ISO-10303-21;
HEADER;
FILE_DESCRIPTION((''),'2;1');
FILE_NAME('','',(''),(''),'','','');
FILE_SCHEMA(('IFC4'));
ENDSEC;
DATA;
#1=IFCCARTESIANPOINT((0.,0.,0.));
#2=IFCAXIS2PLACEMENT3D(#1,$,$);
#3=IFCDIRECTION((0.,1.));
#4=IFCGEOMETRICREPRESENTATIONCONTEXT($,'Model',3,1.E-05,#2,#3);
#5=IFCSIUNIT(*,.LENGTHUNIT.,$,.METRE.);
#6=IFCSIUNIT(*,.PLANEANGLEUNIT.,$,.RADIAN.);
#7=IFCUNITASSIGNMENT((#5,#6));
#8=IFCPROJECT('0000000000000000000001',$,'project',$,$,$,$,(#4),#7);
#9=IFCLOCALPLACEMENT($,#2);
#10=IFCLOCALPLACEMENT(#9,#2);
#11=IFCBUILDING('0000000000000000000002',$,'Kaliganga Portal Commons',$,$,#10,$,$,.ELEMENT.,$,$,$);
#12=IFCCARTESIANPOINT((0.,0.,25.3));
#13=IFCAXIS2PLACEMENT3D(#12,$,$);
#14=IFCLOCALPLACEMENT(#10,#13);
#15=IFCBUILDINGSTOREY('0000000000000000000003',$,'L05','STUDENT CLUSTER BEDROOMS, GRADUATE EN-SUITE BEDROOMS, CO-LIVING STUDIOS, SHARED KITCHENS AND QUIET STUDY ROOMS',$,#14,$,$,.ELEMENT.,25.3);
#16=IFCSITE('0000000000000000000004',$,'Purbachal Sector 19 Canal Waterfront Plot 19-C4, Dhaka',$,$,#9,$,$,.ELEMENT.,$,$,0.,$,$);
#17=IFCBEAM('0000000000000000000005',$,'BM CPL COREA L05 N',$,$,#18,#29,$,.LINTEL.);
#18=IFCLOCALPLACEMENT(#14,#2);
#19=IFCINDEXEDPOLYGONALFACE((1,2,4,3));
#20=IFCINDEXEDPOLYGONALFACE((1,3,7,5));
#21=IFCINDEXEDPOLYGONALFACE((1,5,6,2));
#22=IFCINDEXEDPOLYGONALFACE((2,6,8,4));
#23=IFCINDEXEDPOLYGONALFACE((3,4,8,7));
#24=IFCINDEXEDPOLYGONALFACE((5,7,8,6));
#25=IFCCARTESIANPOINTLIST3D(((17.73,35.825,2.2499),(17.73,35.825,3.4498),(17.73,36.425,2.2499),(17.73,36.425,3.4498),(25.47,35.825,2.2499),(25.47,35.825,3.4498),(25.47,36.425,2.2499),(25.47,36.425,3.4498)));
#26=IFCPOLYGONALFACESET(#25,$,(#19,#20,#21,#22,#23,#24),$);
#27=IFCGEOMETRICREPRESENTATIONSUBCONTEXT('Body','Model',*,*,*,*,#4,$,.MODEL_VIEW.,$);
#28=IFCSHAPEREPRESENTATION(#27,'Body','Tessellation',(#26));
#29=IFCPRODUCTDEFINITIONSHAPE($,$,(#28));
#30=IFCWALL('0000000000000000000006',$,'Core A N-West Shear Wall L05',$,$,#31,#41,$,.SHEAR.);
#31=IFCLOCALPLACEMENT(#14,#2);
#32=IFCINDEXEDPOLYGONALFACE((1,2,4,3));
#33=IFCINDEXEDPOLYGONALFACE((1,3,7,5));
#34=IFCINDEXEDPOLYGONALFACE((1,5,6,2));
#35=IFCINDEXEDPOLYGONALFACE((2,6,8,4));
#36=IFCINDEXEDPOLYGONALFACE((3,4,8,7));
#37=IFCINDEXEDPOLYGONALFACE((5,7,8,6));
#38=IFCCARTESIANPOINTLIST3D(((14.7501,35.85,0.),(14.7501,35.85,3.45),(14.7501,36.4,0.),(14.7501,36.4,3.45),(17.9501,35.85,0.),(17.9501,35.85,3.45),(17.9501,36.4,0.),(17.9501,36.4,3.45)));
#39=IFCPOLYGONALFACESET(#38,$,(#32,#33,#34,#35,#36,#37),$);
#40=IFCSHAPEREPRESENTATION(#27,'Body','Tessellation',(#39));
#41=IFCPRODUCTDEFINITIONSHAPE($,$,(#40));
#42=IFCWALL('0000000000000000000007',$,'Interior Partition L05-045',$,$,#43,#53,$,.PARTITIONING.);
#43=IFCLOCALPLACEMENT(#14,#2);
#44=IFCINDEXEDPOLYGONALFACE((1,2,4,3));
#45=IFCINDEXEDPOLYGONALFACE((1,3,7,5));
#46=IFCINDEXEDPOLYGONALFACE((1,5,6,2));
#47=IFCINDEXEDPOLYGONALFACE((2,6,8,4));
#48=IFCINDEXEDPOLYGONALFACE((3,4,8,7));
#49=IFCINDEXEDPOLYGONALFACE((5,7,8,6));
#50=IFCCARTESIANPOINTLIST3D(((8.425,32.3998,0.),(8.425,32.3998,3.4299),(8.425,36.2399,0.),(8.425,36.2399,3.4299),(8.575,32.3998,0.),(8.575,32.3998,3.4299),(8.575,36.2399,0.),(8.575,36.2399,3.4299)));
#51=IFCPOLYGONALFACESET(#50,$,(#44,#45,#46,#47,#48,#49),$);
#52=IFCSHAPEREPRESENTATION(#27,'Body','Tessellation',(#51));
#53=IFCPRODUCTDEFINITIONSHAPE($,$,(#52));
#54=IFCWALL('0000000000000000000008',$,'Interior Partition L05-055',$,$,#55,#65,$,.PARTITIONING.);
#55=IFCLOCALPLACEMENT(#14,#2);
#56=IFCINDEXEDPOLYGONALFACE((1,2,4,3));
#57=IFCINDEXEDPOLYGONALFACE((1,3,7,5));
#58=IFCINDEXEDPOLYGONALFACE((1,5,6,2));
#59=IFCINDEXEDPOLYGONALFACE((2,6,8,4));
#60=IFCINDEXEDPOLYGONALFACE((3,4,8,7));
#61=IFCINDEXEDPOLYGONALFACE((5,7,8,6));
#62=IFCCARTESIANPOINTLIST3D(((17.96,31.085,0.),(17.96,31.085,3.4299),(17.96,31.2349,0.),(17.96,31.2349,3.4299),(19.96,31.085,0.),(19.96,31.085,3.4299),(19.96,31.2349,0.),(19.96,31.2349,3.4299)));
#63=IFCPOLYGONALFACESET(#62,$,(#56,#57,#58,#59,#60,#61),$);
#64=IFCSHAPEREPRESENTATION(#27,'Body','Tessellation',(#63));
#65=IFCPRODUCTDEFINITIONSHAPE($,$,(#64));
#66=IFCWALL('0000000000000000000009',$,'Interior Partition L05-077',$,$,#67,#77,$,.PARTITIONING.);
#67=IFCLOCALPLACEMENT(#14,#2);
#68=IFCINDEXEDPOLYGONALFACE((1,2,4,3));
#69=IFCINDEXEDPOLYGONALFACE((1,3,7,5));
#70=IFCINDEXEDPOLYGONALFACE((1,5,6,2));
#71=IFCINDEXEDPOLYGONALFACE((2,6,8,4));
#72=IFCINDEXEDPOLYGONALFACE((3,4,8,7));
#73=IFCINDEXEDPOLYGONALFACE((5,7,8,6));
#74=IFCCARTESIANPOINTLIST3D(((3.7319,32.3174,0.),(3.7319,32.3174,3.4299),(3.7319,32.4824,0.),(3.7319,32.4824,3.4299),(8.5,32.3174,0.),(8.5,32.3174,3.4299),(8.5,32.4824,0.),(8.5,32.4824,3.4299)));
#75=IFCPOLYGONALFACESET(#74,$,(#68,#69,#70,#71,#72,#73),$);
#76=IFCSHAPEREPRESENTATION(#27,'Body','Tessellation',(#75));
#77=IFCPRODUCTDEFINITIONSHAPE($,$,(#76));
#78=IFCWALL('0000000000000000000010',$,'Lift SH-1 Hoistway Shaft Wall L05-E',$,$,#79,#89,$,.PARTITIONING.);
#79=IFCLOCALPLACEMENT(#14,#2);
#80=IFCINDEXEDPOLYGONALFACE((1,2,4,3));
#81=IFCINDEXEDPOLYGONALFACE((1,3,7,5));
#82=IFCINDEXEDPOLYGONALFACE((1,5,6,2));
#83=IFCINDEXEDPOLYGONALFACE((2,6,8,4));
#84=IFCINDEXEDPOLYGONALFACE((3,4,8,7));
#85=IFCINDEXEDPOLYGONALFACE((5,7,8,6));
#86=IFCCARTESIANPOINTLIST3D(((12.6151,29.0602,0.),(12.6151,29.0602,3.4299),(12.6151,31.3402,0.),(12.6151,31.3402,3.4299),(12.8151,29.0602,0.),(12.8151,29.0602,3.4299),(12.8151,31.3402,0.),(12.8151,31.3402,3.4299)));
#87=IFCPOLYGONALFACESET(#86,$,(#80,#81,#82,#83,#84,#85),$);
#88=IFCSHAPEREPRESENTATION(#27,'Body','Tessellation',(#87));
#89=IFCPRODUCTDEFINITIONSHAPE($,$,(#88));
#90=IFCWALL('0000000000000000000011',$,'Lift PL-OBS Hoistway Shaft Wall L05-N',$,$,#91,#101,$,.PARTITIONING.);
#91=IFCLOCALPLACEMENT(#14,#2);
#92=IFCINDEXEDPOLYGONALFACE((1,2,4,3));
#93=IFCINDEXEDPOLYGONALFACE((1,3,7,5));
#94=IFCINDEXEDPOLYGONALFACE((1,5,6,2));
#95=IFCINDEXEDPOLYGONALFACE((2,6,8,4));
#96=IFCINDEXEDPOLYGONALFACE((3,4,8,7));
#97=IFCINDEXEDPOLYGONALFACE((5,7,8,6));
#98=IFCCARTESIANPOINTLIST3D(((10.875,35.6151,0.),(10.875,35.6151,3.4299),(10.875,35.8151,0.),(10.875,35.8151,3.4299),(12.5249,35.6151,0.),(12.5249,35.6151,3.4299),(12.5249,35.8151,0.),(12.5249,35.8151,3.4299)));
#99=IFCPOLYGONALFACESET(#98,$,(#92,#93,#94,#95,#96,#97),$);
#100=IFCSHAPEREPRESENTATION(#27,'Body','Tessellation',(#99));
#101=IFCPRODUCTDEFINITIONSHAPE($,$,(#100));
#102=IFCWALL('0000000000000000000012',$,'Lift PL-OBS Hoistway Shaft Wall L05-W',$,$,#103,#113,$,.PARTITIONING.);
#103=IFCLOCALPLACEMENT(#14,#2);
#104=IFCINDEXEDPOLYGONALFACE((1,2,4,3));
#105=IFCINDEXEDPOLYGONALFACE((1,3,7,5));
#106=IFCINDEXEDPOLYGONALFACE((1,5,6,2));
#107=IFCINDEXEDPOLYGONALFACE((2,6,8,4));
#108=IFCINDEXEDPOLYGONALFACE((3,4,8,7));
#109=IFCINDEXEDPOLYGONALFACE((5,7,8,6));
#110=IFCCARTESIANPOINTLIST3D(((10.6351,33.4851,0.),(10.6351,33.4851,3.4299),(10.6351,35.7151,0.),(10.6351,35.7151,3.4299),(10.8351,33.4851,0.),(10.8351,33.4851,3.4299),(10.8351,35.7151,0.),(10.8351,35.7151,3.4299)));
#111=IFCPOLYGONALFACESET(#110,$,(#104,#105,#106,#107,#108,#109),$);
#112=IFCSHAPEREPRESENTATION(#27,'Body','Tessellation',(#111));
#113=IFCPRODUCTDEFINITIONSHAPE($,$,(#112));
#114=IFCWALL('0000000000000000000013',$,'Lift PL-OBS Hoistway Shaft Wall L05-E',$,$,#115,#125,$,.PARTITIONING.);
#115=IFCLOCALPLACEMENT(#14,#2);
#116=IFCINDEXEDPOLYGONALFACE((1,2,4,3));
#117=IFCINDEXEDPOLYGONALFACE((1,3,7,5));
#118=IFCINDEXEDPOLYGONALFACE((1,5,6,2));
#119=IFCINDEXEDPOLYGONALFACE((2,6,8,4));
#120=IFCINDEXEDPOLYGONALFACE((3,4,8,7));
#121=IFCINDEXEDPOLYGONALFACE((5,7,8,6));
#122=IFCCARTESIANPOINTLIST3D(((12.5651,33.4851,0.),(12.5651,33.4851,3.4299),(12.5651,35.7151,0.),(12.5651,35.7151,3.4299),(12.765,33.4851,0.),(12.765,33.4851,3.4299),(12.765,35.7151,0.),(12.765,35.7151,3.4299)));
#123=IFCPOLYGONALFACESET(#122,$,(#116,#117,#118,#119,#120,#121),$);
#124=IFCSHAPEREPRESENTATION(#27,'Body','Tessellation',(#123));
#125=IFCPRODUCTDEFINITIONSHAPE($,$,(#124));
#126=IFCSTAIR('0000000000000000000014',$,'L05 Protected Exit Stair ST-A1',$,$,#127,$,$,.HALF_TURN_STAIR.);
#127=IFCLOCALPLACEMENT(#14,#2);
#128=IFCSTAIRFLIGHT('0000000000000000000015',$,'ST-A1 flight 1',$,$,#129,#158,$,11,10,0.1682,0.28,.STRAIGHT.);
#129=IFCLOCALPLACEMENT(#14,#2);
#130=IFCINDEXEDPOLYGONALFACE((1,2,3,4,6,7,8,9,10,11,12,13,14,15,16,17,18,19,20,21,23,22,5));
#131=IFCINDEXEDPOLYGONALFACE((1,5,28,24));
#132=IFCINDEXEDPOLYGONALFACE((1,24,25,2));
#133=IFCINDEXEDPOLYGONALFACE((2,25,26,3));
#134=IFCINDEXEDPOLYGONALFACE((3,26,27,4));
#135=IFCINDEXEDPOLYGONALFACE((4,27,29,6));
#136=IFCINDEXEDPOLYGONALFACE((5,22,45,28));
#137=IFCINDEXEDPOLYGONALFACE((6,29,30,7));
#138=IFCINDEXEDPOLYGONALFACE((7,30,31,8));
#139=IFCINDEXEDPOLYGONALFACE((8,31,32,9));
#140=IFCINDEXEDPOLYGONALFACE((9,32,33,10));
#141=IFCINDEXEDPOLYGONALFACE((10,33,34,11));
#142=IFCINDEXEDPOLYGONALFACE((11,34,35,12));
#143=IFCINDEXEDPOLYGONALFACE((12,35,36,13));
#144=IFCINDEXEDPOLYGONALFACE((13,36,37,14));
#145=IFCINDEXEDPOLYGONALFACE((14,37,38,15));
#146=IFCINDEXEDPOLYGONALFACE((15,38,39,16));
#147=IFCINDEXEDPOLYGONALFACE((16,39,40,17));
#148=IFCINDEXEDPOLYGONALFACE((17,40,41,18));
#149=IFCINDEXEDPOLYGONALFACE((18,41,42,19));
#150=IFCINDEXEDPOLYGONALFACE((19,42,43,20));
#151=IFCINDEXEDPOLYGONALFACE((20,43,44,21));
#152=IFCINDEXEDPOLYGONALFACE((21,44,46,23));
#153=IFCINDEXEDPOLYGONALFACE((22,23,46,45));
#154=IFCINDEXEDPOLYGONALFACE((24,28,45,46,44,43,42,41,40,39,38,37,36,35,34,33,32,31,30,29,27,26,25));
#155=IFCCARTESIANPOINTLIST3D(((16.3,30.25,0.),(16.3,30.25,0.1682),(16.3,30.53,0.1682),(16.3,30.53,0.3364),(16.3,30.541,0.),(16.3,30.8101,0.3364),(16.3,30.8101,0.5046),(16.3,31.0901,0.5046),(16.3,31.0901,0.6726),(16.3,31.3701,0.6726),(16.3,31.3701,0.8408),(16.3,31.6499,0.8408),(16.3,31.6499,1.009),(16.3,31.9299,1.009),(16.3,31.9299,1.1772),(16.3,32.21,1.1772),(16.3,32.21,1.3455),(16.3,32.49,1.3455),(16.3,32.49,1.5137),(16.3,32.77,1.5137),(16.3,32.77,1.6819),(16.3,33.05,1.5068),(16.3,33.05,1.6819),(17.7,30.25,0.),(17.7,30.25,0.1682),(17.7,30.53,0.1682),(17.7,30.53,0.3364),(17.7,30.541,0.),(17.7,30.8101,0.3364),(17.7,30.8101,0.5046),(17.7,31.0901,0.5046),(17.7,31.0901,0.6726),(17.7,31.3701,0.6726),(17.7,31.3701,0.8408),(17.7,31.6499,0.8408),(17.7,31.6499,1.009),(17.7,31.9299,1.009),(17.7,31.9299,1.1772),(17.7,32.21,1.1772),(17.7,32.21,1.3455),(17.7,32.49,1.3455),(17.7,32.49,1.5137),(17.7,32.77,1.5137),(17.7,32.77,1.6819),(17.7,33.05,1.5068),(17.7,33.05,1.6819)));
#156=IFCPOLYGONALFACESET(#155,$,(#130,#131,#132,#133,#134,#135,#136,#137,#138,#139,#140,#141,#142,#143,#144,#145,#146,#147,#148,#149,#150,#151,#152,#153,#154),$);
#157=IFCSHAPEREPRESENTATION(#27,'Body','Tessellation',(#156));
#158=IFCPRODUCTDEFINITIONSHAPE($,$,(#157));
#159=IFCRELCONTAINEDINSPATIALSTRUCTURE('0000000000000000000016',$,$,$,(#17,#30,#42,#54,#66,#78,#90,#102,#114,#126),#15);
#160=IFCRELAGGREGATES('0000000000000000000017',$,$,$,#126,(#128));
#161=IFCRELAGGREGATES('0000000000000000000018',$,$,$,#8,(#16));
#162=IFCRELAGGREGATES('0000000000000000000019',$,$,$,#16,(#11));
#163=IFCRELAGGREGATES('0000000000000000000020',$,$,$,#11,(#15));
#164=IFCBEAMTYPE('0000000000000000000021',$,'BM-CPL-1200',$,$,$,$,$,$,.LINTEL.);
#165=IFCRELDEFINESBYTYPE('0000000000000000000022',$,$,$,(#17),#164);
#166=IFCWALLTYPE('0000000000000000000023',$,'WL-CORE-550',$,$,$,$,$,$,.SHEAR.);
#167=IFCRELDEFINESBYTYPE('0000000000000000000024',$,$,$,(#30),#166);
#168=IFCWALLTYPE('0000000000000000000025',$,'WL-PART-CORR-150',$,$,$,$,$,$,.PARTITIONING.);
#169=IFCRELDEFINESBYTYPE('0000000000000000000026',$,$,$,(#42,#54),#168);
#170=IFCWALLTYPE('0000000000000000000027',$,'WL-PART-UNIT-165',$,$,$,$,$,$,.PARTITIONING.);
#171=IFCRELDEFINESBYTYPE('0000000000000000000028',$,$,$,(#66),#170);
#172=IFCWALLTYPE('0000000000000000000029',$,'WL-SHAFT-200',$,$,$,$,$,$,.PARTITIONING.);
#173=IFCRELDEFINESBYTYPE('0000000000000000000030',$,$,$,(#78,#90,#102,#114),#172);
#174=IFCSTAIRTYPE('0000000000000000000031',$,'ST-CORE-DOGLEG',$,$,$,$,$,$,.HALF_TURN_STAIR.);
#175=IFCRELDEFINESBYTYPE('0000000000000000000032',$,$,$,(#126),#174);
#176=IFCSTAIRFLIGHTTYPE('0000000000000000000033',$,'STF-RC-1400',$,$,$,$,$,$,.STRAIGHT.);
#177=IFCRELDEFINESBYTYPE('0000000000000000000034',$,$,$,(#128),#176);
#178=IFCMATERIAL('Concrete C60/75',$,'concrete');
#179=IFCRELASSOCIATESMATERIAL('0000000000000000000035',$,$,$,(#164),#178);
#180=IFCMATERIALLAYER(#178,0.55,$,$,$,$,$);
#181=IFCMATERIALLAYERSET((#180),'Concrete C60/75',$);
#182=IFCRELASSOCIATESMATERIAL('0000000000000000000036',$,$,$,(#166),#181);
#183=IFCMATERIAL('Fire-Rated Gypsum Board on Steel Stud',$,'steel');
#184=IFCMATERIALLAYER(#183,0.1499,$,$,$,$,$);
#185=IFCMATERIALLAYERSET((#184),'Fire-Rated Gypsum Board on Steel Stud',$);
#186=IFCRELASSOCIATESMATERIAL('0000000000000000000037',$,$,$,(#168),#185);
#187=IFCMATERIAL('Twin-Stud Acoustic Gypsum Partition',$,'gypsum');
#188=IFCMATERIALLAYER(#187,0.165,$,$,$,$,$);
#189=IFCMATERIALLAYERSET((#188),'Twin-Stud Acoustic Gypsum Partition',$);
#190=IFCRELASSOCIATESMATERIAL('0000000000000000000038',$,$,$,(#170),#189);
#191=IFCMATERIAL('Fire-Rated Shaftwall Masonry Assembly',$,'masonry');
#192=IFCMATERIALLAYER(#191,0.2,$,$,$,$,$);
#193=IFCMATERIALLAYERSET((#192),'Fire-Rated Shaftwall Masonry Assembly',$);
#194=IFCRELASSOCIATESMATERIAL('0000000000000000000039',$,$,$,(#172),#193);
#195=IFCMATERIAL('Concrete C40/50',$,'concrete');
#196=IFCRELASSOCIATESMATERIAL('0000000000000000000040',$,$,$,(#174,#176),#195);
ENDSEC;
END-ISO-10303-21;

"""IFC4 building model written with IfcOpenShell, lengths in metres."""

from ifc_helpers import new_model, si_unit, direction, frame, frame_2d, origin, origin_2d, place, context, subcontext, project, spatial, polyline, rectangle, outline, extrude, source, transform, mapped, material, layer, layer_set, material_profile, profile_set, type_object, element, aggregate, save


model = new_model("IFC4")

# Units and contexts
model_context = context("Model", 3, precision=1e-05, world=origin(), true_north=direction((0.0, 1.0)))
body_context = subcontext(model_context, "Body", "Model", "MODEL_VIEW")
ifc_project = project(units=[si_unit("LENGTHUNIT", "METRE"), si_unit("PLANEANGLEUNIT", "RADIAN")], contexts=[model_context])

# Site, building, storey
site_placement = place(None, origin())
site = spatial("IfcSite", under=ifc_project, at=site_placement, Name="Purbachal Sector 19 Canal Waterfront Plot 19-C4, Dhaka", CompositionType="ELEMENT", RefElevation=0.0)
building_placement = place(site_placement, origin())
building = spatial("IfcBuilding", under=site, at=building_placement, Name="Kaliganga Portal Commons", CompositionType="ELEMENT")
storey_placement = place(building_placement, frame((0.0, 0.0, 25.3)))
storey = spatial("IfcBuildingStorey", under=building, at=storey_placement, Name="L05", Description="STUDENT CLUSTER BEDROOMS, GRADUATE EN-SUITE BEDROOMS, CO-LIVING STUDIOS, SHARED KITCHENS AND QUIET STUDY ROOMS", CompositionType="ELEMENT", Elevation=25.3)

# Beam
ifc_material_1 = material(Name="Concrete C60/75", Category="concrete")
ifc_material_profile = material_profile(ifc_material_1, rectangle(XDim=0.6001, YDim=1.2, at=origin_2d()), Name="RC 600x1200")
ifc_profile_set = profile_set([ifc_material_profile], Name="Concrete C60/75")
beam_type = type_object("IfcBeamType", Name="BM-CPL-1200", PredefinedType="LINTEL", material=ifc_profile_set)
shared_shape = source(origin(), body_context, "Body", "SweptSolid", [
    extrude(rectangle(XDim=0.6001, YDim=1.2, at=origin_2d()), origin(), (0.0, 0.0, 1.0), 7.74),
])
beam_placement = place(storey_placement, frame((17.73, 36.125, 2.8499), z_axis=(1.0, 0.0, 0.0), x_axis=(0.0, 1.0, 0.0)))
element("IfcBeam", 1, at=beam_placement, inside=storey, type_object=beam_type, Name="BM CPL COREA L05 N", PredefinedType="LINTEL", context=body_context, shape_type="MappedRepresentation", body=[
    mapped(shared_shape, transform((0.0, 0.0, 0.0), x_axis=(1.0, 0.0, 0.0), y_axis=(0.0, 1.0, 0.0), z_axis=(0.0, 0.0, 1.0), scale=1.0)),
])

# Walls
ifc_layer_1 = layer(ifc_material_1, 0.55)
ifc_layer_set_1 = layer_set([ifc_layer_1], Name="Concrete C60/75")
wall_type_1 = type_object("IfcWallType", Name="WL-CORE-550", PredefinedType="SHEAR", material=ifc_layer_set_1)
wall_1_placement = place(storey_placement, frame((14.75, 36.125, 0.0), z_axis=(0.0, 0.0, 1.0), x_axis=(1.0, 0.0, 0.0)))
element("IfcWall", 2, at=wall_1_placement, inside=storey, type_object=wall_type_1, Name="Core A N-West Shear Wall L05", PredefinedType="SHEAR", context=body_context, shape_type="SweptSolid", body=[
    extrude(rectangle(XDim=3.2, YDim=0.55, at=frame_2d((1.6001, 0.0))), origin(), (0.0, 0.0, 1.0), 3.45),
])
ifc_material_2 = material(Name="Fire-Rated Gypsum Board on Steel Stud", Category="steel")
ifc_layer_2 = layer(ifc_material_2, 0.1499)
ifc_layer_set_2 = layer_set([ifc_layer_2], Name="Fire-Rated Gypsum Board on Steel Stud")
wall_type_2 = type_object("IfcWallType", Name="WL-PART-CORR-150", PredefinedType="PARTITIONING", material=ifc_layer_set_2)
wall_2_placement = place(storey_placement, frame((8.5, 32.3999, 0.0), z_axis=(0.0, 0.0, 1.0), x_axis=(0.0, 1.0, 0.0)))
element("IfcWall", 3, at=wall_2_placement, inside=storey, type_object=wall_type_2, Name="Interior Partition L05-045", PredefinedType="PARTITIONING", context=body_context, shape_type="SweptSolid", body=[
    extrude(rectangle(XDim=3.8401, YDim=0.1499, at=frame_2d((1.9199, 0.0))), origin(), (0.0, 0.0, 1.0), 3.4299),
])
wall_3_placement = place(storey_placement, frame((17.96, 31.1599, 0.0), z_axis=(0.0, 0.0, 1.0), x_axis=(1.0, 0.0, 0.0)))
element("IfcWall", 4, at=wall_3_placement, inside=storey, type_object=wall_type_2, Name="Interior Partition L05-055", PredefinedType="PARTITIONING", context=body_context, shape_type="SweptSolid", body=[
    extrude(rectangle(XDim=2.0, YDim=0.1499, at=frame_2d((1.0, 0.0))), origin(), (0.0, 0.0, 1.0), 3.4299),
])
ifc_material_3 = material(Name="Twin-Stud Acoustic Gypsum Partition", Category="gypsum")
ifc_layer_3 = layer(ifc_material_3, 0.165)
ifc_layer_set_3 = layer_set([ifc_layer_3], Name="Twin-Stud Acoustic Gypsum Partition")
wall_type_3 = type_object("IfcWallType", Name="WL-PART-UNIT-165", PredefinedType="PARTITIONING", material=ifc_layer_set_3)
wall_4_placement = place(storey_placement, frame((3.7319, 32.3999, 0.0), z_axis=(0.0, 0.0, 1.0), x_axis=(1.0, 0.0, 0.0)))
element("IfcWall", 5, at=wall_4_placement, inside=storey, type_object=wall_type_3, Name="Interior Partition L05-077", PredefinedType="PARTITIONING", context=body_context, shape_type="SweptSolid", body=[
    extrude(rectangle(XDim=4.7681, YDim=0.165, at=frame_2d((2.384, 0.0))), origin(), (0.0, 0.0, 1.0), 3.4299),
])

# Shared definitions
ifc_material_4 = material(Name="Fire-Rated Shaftwall Masonry Assembly", Category="masonry")
ifc_layer_4 = layer(ifc_material_4, 0.2)
ifc_layer_set_4 = layer_set([ifc_layer_4], Name="Fire-Rated Shaftwall Masonry Assembly")
wall_type_4 = type_object("IfcWallType", Name="WL-SHAFT-200", PredefinedType="PARTITIONING", material=ifc_layer_set_4)

# Wall
wall_5_placement = place(storey_placement, frame((12.7151, 29.0601, 0.0), z_axis=(0.0, 0.0, 1.0), x_axis=(0.0, 1.0, 0.0)))
element("IfcWall", 6, at=wall_5_placement, inside=storey, type_object=wall_type_4, Name="Lift SH-1 Hoistway Shaft Wall L05-E", PredefinedType="PARTITIONING", context=body_context, shape_type="SweptSolid", body=[
    extrude(rectangle(XDim=2.28, YDim=0.2, at=frame_2d((1.1401, 0.0))), origin(), (0.0, 0.0, 1.0), 3.4299),
])

# Walls
wall_6_placement = place(storey_placement, frame((10.875, 35.7151, 0.0), z_axis=(0.0, 0.0, 1.0), x_axis=(1.0, 0.0, 0.0)))
element("IfcWall", 7, at=wall_6_placement, inside=storey, type_object=wall_type_4, Name="Lift PL-OBS Hoistway Shaft Wall L05-N", PredefinedType="PARTITIONING", context=body_context, shape_type="SweptSolid", body=[
    extrude(rectangle(XDim=1.6499, YDim=0.2, at=frame_2d((0.825, 0.0))), origin(), (0.0, 0.0, 1.0), 3.4299),
])
for number, where, z_axis, x_axis, name in (
    (8, (10.7351, 33.4851, 0.0), (0.0, 0.0, 1.0), (0.0, 1.0, 0.0), "Lift PL-OBS Hoistway Shaft Wall L05-W"),
    (9, (12.665, 33.4851, 0.0), (0.0, 0.0, 1.0), (0.0, 1.0, 0.0), "Lift PL-OBS Hoistway Shaft Wall L05-E"),
):
    element("IfcWall", number, at=place(storey_placement, frame(where, z_axis=z_axis, x_axis=x_axis)), inside=storey, type_object=wall_type_4, Name=name, PredefinedType="PARTITIONING", context=body_context, shape_type="SweptSolid", body=[
        extrude(rectangle(XDim=2.23, YDim=0.2, at=frame_2d((1.115, 0.0))), origin(), (0.0, 0.0, 1.0), 3.4299),
    ])

# Stair, stair flight
ifc_material_5 = material(Name="Concrete C40/50", Category="concrete")
stair_type = type_object("IfcStairType", Name="ST-CORE-DOGLEG", PredefinedType="HALF_TURN_STAIR", material=ifc_material_5)
stair_placement = place(storey_placement, origin())
stair = element("IfcStair", 10, at=stair_placement, inside=storey, type_object=stair_type, Name="L05 Protected Exit Stair ST-A1", PredefinedType="HALF_TURN_STAIR")
stair_flight_type = type_object("IfcStairFlightType", Name="STF-RC-1400", PredefinedType="STRAIGHT", material=ifc_material_5)
stair_flight_1_placement = place(storey_placement, frame((17.0, 30.25, 0.0), z_axis=(0.0, 0.0, 1.0), x_axis=(0.0, 1.0, 0.0)))
stair_flight_1 = element("IfcStairFlight", 11, at=stair_flight_1_placement, type_object=stair_flight_type, Name="ST-A1 flight 1", NumberOfRisers=11, NumberOfTreads=10, PredefinedType="STRAIGHT", RiserHeight=0.1682, TreadLength=0.28, context=body_context, shape_type="SweptSolid", body=[
    extrude(outline(polyline([(0.0, 0.0), (0.0, 0.1682), (0.28, 0.1682), (0.28, 0.3364), (0.5601, 0.3364), (0.5601, 0.5046), (0.8401, 0.5046), (0.8401, 0.6726), (1.1201, 0.6726), (1.1201, 0.8408), (1.3999, 0.8408), (1.3999, 1.009), (1.6799, 1.009), (1.6799, 1.1772), (1.96, 1.1772), (1.96, 1.3455), (2.24, 1.3455), (2.24, 1.5137), (2.52, 1.5137), (2.52, 1.6819), (2.8, 1.6819), (2.8, 1.8501), (2.8, 1.5068), (0.291, 0.0), (0.0, 0.0)])), frame((0.0, 0.7, 0.0), z_axis=(0.0, -1.0, 0.0), x_axis=(1.0, 0.0, 0.0)), (0.0, 0.0, 1.0), 1.3999),
])
aggregate(stair, [stair_flight_1])

save(model, "model.ifc")
